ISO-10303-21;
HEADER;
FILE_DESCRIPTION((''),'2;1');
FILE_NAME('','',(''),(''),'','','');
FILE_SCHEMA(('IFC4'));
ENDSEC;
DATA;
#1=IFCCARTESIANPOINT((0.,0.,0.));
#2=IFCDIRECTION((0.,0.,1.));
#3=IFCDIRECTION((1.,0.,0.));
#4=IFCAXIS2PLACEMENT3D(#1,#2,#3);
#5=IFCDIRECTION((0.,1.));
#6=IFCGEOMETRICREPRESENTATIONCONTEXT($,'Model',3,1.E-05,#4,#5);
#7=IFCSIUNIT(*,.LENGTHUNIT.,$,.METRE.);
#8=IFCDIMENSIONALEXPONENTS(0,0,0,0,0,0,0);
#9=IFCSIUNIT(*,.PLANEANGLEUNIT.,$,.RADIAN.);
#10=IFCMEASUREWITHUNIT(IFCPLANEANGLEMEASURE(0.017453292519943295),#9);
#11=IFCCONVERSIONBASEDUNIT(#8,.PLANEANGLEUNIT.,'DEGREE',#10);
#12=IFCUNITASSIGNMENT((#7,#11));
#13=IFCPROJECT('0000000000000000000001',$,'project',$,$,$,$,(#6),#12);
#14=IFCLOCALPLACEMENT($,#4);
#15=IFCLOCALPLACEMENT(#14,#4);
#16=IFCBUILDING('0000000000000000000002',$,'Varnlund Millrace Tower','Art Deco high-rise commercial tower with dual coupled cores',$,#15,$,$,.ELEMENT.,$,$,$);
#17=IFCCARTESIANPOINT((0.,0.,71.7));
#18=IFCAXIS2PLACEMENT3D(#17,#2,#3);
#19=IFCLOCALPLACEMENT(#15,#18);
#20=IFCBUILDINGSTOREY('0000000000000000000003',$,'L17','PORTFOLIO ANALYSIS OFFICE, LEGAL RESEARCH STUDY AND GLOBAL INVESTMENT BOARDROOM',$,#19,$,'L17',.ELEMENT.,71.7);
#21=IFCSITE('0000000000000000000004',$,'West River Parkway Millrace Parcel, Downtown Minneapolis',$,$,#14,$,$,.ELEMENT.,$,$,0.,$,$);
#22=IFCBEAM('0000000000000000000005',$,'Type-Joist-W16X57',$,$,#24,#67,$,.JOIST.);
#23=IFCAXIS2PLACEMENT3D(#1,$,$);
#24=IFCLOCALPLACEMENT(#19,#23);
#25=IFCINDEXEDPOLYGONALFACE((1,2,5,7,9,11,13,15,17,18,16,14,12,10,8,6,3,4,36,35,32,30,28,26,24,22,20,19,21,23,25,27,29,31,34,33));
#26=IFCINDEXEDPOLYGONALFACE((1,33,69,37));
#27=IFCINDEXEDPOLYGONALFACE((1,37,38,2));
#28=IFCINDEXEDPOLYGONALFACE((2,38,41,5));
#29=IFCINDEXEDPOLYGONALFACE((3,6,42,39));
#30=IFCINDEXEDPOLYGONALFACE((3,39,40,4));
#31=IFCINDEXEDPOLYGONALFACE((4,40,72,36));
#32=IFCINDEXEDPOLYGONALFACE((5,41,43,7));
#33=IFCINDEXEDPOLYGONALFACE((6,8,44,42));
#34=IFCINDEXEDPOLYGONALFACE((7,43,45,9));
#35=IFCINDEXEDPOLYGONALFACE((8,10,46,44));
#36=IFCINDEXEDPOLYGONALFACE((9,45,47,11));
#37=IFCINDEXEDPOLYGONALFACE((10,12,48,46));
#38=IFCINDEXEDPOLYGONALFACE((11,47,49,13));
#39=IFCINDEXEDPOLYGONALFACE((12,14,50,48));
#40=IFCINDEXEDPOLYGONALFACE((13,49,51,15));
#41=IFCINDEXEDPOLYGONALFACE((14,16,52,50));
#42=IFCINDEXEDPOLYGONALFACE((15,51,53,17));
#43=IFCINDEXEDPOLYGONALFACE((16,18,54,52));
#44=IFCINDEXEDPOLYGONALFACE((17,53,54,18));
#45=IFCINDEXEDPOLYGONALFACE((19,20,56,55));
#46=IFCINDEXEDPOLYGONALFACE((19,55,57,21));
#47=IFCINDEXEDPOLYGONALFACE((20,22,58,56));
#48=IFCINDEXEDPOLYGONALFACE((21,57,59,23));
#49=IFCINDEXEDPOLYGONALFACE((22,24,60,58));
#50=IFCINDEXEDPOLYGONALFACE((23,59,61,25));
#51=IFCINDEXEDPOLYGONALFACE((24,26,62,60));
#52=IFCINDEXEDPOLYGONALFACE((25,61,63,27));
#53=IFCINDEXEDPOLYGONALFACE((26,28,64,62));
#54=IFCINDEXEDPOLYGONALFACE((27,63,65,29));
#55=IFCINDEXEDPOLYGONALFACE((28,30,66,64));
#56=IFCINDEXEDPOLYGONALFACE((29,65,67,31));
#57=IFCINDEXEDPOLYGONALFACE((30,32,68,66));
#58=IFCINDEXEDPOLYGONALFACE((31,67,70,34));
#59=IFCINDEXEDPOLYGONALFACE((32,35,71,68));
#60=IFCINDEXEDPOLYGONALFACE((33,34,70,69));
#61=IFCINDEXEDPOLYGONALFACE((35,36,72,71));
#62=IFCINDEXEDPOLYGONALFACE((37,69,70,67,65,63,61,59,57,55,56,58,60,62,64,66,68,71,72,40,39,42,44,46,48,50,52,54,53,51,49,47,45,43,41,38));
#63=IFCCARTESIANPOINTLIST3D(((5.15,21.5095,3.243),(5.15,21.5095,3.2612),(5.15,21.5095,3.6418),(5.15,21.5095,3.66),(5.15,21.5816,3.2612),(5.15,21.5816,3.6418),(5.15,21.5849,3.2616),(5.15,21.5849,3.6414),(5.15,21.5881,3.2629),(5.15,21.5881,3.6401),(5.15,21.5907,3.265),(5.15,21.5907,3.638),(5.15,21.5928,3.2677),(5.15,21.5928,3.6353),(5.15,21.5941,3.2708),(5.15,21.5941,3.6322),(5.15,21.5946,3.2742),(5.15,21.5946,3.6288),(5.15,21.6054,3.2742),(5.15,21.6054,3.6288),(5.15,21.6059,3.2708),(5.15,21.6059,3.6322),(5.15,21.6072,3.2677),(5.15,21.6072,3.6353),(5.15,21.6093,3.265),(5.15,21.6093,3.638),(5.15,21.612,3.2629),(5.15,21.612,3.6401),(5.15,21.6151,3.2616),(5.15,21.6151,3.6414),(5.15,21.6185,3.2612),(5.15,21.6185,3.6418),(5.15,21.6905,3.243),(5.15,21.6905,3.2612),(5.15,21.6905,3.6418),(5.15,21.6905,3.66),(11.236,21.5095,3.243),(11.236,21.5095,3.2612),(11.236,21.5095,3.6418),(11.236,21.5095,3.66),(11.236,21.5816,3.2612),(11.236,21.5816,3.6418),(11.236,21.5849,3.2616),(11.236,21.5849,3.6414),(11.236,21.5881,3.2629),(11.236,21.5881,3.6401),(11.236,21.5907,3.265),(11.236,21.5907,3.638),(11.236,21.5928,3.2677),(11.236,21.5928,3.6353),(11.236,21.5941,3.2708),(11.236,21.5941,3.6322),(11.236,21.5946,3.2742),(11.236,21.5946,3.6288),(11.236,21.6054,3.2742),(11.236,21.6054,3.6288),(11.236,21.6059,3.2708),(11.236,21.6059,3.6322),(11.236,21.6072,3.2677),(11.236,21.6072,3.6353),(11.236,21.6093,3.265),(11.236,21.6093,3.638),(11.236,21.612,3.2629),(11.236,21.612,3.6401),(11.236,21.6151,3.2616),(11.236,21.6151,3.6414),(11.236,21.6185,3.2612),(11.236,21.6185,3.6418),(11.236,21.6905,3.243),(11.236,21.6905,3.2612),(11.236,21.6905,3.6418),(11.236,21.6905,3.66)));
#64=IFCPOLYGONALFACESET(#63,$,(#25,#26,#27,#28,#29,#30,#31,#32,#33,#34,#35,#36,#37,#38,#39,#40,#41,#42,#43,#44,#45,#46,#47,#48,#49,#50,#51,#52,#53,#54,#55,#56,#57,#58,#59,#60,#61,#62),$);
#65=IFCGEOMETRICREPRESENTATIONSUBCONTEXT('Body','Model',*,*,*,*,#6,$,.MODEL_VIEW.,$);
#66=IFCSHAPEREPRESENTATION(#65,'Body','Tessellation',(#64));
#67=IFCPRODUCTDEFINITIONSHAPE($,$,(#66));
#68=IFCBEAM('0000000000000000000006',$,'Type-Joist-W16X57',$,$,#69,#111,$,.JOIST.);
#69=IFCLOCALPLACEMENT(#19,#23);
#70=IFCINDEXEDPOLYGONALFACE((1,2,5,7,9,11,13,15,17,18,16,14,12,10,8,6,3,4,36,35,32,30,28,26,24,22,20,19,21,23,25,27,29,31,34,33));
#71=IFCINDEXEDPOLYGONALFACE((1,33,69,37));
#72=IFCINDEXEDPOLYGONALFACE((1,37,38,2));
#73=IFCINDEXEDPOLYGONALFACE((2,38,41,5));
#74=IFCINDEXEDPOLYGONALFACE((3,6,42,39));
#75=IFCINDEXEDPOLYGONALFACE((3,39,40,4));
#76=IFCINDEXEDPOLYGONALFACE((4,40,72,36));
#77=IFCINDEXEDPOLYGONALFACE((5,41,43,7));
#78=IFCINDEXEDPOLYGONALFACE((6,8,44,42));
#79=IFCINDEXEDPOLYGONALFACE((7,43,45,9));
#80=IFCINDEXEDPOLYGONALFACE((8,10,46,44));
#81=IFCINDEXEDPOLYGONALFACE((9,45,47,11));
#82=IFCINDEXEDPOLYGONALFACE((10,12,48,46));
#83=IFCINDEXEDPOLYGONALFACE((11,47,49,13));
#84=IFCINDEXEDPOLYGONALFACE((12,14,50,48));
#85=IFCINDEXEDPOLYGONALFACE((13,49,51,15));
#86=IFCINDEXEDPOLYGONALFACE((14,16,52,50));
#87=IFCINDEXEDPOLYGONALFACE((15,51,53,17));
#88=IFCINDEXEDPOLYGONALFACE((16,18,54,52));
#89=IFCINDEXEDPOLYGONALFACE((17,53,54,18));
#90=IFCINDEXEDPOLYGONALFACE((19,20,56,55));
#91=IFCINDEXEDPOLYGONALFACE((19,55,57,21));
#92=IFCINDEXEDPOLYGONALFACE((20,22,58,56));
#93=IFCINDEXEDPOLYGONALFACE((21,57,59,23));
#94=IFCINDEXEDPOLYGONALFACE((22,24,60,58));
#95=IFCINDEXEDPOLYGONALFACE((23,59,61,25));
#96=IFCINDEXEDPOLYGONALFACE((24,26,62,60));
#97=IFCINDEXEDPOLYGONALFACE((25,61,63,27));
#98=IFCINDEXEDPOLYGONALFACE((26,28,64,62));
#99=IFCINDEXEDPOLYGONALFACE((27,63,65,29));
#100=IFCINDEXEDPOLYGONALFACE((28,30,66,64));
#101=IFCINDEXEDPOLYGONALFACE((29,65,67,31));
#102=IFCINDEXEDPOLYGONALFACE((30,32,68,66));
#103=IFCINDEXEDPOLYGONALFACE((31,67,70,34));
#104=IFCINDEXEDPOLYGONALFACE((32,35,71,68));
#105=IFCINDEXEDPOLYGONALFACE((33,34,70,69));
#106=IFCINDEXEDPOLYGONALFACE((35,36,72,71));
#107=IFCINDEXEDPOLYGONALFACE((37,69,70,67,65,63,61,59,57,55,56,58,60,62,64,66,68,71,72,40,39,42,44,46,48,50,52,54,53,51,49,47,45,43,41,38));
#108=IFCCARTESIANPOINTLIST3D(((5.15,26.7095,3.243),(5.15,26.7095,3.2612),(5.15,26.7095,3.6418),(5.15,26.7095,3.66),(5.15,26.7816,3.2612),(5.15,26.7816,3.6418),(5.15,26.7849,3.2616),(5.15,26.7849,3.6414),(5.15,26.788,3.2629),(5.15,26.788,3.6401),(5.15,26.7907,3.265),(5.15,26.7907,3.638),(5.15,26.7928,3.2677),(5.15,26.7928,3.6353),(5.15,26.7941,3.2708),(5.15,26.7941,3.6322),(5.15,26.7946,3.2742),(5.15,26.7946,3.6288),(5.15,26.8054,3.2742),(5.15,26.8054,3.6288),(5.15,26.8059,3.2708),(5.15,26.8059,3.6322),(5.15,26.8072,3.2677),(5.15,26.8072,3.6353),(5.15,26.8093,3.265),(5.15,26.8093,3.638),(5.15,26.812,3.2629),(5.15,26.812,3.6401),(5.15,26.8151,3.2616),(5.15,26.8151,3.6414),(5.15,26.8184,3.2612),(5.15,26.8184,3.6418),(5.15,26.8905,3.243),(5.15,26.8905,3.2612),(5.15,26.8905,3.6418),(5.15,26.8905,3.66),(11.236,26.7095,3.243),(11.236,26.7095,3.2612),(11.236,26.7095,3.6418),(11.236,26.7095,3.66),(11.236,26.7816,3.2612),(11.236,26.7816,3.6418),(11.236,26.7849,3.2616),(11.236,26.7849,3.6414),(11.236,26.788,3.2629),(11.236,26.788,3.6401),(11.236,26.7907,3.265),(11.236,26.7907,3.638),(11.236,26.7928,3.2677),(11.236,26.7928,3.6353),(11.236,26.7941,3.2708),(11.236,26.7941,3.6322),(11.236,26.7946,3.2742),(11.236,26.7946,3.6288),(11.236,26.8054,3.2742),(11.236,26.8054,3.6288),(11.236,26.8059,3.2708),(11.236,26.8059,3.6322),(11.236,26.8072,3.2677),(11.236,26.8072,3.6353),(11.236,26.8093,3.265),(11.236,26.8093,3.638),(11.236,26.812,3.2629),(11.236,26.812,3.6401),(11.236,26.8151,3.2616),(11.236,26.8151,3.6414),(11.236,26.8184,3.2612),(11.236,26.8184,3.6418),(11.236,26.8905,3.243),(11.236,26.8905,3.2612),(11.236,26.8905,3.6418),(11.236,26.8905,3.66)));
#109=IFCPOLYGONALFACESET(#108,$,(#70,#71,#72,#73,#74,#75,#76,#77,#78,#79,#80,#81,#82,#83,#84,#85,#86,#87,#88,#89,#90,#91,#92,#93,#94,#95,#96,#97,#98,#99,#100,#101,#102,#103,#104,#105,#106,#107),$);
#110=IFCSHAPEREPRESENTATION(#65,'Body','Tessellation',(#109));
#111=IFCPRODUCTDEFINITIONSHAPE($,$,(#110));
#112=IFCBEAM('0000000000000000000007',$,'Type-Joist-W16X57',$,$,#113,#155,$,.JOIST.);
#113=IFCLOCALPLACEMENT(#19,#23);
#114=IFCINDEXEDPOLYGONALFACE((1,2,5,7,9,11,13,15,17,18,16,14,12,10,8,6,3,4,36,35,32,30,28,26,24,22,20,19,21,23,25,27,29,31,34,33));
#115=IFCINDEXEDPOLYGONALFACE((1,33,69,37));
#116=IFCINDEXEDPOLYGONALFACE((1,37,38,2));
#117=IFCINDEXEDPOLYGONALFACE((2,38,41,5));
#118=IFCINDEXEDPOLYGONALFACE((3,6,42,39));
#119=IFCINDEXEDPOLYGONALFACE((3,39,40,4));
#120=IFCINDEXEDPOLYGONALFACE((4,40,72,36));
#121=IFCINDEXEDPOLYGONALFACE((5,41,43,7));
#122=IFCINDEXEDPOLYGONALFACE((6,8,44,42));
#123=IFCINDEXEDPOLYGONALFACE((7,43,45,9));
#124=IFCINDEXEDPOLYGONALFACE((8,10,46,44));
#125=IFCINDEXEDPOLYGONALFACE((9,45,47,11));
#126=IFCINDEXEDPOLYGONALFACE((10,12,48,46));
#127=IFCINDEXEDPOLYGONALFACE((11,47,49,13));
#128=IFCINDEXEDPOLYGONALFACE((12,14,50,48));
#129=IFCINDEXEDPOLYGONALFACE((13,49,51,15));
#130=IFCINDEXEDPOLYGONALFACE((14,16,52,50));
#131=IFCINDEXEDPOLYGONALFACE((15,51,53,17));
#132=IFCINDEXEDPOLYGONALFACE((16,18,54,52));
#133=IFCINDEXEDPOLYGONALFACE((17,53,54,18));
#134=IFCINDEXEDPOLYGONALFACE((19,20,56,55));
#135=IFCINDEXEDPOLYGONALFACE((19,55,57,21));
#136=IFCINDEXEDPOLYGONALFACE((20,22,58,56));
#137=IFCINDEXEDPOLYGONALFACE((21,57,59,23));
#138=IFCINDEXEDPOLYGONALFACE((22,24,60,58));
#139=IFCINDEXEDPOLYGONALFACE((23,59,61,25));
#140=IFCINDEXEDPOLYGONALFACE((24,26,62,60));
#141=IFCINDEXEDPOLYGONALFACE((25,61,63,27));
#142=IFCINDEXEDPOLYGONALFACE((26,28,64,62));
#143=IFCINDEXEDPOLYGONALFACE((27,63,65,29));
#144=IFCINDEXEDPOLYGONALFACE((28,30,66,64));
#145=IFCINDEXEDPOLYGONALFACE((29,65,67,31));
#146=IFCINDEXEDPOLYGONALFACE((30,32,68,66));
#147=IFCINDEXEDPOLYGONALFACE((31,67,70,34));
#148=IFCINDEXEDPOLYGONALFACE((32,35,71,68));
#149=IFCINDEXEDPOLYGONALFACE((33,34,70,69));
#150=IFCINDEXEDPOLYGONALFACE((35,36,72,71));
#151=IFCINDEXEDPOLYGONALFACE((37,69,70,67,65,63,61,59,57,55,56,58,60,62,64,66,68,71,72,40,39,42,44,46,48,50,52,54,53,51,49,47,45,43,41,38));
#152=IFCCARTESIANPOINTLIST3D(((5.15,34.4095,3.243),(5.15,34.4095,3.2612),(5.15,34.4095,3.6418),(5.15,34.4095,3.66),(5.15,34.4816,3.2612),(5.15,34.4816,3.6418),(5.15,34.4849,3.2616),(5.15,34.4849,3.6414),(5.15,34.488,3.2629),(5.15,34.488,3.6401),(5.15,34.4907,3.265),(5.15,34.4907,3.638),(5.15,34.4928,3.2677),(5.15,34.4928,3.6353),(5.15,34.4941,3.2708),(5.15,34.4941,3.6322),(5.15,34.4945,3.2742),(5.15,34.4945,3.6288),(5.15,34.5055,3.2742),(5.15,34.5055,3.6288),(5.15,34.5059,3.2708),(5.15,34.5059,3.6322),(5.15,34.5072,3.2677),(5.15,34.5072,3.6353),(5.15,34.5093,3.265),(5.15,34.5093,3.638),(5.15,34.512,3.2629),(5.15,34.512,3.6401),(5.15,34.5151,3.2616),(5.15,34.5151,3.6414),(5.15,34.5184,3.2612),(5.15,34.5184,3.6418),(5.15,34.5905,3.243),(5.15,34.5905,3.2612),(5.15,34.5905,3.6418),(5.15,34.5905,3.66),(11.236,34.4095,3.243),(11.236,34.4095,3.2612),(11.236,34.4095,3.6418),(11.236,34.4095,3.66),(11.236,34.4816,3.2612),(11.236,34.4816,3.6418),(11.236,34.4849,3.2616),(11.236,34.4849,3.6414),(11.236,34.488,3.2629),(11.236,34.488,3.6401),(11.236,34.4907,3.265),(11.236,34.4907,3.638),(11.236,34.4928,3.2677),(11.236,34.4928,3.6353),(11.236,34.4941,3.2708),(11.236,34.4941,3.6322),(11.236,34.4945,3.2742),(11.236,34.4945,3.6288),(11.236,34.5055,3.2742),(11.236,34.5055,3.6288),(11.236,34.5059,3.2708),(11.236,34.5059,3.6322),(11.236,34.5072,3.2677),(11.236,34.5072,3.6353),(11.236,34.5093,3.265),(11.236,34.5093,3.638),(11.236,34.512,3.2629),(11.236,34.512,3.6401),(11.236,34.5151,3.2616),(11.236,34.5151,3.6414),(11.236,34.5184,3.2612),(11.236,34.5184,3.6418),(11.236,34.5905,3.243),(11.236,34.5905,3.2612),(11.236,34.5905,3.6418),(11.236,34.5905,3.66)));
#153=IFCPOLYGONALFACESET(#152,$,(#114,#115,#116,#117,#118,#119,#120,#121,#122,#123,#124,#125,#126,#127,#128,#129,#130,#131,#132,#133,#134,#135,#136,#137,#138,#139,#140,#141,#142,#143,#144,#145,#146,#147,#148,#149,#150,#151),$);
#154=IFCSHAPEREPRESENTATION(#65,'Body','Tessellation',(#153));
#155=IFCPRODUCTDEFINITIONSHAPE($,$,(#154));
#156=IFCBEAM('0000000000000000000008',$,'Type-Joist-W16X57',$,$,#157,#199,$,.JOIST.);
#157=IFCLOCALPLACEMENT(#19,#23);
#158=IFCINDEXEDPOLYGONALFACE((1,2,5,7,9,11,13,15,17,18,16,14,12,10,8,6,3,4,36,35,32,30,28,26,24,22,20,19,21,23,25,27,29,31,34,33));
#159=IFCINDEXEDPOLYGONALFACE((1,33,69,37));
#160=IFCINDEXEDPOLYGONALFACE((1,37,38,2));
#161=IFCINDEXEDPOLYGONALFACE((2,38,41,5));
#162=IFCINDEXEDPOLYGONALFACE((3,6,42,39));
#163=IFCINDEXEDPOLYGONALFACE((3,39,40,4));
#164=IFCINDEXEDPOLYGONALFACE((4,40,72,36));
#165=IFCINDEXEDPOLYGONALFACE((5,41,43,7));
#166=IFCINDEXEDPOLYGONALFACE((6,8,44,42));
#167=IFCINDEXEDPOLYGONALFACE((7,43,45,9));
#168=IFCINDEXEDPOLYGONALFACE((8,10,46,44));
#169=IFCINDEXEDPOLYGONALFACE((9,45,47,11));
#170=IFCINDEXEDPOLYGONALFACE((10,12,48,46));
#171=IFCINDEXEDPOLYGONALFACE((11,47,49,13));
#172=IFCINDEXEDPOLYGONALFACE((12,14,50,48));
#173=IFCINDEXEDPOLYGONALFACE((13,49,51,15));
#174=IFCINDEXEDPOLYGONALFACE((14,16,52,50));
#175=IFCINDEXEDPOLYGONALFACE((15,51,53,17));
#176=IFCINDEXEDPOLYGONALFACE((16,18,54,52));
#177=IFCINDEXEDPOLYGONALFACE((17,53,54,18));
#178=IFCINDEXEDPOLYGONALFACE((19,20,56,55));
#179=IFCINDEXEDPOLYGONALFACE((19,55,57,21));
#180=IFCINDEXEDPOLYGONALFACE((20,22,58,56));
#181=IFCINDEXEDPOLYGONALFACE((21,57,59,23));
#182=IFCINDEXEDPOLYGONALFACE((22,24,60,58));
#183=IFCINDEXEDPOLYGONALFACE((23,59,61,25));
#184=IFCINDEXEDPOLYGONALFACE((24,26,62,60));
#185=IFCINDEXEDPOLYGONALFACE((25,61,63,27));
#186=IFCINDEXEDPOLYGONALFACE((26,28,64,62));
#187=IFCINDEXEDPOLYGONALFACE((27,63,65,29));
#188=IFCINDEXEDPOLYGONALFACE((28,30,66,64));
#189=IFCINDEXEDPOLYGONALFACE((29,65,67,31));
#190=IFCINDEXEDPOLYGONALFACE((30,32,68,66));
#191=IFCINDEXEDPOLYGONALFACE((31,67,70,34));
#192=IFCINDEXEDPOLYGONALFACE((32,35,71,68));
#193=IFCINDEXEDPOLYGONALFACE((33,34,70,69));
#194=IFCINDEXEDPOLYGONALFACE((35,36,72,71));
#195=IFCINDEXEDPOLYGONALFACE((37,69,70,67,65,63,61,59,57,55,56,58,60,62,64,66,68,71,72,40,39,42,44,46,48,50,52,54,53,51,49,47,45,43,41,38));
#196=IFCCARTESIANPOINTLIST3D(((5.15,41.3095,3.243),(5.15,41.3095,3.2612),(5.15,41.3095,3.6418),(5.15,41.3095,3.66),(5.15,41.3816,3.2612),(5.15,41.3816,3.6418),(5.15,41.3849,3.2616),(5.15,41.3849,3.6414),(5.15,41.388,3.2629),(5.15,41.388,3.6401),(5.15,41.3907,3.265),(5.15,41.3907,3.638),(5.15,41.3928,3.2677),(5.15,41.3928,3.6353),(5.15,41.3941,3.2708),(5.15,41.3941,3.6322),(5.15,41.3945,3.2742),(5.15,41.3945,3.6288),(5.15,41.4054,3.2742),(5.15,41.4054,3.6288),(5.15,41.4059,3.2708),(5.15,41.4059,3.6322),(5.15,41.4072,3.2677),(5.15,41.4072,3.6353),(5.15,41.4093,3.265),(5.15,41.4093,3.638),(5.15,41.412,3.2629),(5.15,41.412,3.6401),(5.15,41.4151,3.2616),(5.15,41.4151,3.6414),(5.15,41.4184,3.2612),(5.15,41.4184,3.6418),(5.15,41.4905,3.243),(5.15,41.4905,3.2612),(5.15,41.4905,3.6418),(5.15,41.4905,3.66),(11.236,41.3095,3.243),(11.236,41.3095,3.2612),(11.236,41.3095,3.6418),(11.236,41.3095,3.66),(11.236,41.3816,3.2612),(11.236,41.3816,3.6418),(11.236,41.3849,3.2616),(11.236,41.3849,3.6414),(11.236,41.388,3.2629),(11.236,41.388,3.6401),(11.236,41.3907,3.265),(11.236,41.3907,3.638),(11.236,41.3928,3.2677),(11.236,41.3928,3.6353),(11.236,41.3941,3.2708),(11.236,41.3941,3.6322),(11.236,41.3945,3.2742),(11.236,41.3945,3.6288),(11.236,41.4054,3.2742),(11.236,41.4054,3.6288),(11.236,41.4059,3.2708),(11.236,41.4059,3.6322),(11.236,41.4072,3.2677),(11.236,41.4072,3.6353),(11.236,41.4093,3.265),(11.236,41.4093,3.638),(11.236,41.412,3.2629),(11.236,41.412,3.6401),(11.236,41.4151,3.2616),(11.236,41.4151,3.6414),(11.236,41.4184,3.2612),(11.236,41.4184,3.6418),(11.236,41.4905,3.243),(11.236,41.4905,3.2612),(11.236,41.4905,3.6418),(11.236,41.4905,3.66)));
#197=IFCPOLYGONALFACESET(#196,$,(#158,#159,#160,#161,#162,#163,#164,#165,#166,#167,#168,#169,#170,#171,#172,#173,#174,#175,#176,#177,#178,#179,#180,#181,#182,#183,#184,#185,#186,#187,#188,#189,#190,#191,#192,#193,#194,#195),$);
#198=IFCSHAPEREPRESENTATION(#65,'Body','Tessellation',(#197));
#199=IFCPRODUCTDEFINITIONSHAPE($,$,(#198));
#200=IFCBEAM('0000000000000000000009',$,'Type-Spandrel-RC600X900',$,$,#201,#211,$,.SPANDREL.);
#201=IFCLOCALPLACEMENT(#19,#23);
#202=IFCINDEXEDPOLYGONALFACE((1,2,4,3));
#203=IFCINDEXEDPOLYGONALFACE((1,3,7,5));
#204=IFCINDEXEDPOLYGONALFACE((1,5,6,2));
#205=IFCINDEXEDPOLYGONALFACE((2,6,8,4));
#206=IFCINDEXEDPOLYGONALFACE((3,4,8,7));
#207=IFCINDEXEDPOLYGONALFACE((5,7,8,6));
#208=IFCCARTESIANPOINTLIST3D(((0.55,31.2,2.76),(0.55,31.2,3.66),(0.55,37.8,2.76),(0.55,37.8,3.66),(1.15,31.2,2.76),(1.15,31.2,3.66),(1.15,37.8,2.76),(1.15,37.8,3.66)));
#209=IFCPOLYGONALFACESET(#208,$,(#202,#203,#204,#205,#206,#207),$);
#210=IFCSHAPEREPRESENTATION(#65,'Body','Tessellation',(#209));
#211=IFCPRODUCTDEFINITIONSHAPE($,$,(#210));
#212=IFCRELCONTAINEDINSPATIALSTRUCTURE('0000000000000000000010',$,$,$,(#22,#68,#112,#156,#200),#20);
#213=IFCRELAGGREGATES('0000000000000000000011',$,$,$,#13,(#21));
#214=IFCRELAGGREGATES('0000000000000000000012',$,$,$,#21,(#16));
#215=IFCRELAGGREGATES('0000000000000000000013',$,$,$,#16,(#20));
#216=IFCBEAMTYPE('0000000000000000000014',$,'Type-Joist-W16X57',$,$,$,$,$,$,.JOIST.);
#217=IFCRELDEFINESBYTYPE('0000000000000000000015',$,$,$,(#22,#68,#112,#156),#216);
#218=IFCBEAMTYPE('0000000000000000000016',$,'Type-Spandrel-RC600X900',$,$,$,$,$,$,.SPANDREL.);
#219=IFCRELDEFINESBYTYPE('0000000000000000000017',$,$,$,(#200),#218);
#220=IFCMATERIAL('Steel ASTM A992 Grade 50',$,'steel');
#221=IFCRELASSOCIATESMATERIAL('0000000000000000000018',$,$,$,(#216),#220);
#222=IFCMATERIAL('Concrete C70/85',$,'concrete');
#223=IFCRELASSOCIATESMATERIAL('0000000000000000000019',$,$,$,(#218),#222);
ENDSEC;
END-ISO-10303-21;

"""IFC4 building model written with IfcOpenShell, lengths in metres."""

from ifc_helpers import new_model, entity, si_unit, converted_unit, direction, frame, origin_with_axes, origin_2d_with_axis, place, context, subcontext, project, spatial, rectangle, i_section, extrude, material, material_profile, profile_set, type_object, element, save


model = new_model("IFC4")

# Units and contexts
model_context = context("Model", 3, precision=1e-05, world=origin_with_axes(), true_north=direction((0.0, 1.0)))
body_context = subcontext(model_context, "Body", "Model", "MODEL_VIEW")
ifc_project = project(units=[si_unit("LENGTHUNIT", "METRE"), converted_unit("PLANEANGLEUNIT", "DEGREE", entity("IfcPlaneAngleMeasure", 0.017453292519943295), si_unit("PLANEANGLEUNIT", "RADIAN"), dimensions=[0, 0, 0, 0, 0, 0, 0])], contexts=[model_context])

# Site, building, storey
site_placement = place(None, origin_with_axes())
site = spatial("IfcSite", under=ifc_project, at=site_placement, Name="West River Parkway Millrace Parcel, Downtown Minneapolis", CompositionType="ELEMENT", RefElevation=0.0)
building_placement = place(site_placement, origin_with_axes())
building = spatial("IfcBuilding", under=site, at=building_placement, Name="Varnlund Millrace Tower", Description="Art Deco high-rise commercial tower with dual coupled cores", CompositionType="ELEMENT")
storey_placement = place(building_placement, frame((0.0, 0.0, 71.7), z_axis=(0.0, 0.0, 1.0), x_axis=(1.0, 0.0, 0.0)))
storey = spatial("IfcBuildingStorey", under=building, at=storey_placement, Name="L17", Description="PORTFOLIO ANALYSIS OFFICE, LEGAL RESEARCH STUDY AND GLOBAL INVESTMENT BOARDROOM", LongName="L17", CompositionType="ELEMENT", Elevation=71.7)

# Beams
ifc_material_1 = material(Name="Steel ASTM A992 Grade 50", Category="steel")
ifc_material_profile_1 = material_profile(ifc_material_1, i_section(OverallWidth=0.181, OverallDepth=0.417, WebThickness=0.0109, FlangeThickness=0.0182, FilletRadius=0.013, at=origin_2d_with_axis()), Name="Steel ASTM A992 Grade 50")
ifc_profile_set_1 = profile_set([ifc_material_profile_1], Name="Steel ASTM A992 Grade 50")
beam_type_1 = type_object("IfcBeamType", Name="Type-Joist-W16X57", PredefinedType="JOIST", material=ifc_profile_set_1)
for number, where, z_axis, x_axis, name in (
    (1, (5.15, 21.6, 3.4515), (1.0, 0.0, 0.0), (0.0, 1.0, 0.0), "Type-Joist-W16X57"),
    (2, (5.15, 26.8, 3.4515), (1.0, 0.0, 0.0), (0.0, 1.0, 0.0), "Type-Joist-W16X57"),
    (3, (5.15, 34.5, 3.4515), (1.0, 0.0, 0.0), (0.0, 1.0, 0.0), "Type-Joist-W16X57"),
    (4, (5.15, 41.4, 3.4515), (1.0, 0.0, 0.0), (0.0, 1.0, 0.0), "Type-Joist-W16X57"),
):
    element("IfcBeam", number, at=place(storey_placement, frame(where, z_axis=z_axis, x_axis=x_axis)), inside=storey, type_object=beam_type_1, Name=name, PredefinedType="JOIST", context=body_context, shape_type="SweptSolid", body=[
        extrude(i_section(OverallWidth=0.181, OverallDepth=0.417, WebThickness=0.0109, FlangeThickness=0.0182, FilletRadius=0.013, at=origin_2d_with_axis()), origin_with_axes(), (0.0, 0.0, 1.0), 6.086),
    ])
ifc_material_2 = material(Name="Concrete C70/85", Category="concrete")
ifc_material_profile_2 = material_profile(ifc_material_2, rectangle(XDim=0.6, YDim=0.9, at=origin_2d_with_axis()), Name="Concrete C70/85")
ifc_profile_set_2 = profile_set([ifc_material_profile_2], Name="Concrete C70/85")
beam_type_2 = type_object("IfcBeamType", Name="Type-Spandrel-RC600X900", PredefinedType="SPANDREL", material=ifc_profile_set_2)
beam_1_placement = place(storey_placement, frame((0.85, 31.2, 3.21), z_axis=(0.0, 1.0, 0.0), x_axis=(-1.0, 0.0, 0.0)))
element("IfcBeam", 5, at=beam_1_placement, inside=storey, type_object=beam_type_2, Name="Type-Spandrel-RC600X900", PredefinedType="SPANDREL", context=body_context, shape_type="SweptSolid", body=[
    extrude(rectangle(XDim=0.6, YDim=0.9, at=origin_2d_with_axis()), origin_with_axes(), (0.0, 0.0, 1.0), 6.6),
])

save(model, "model.ifc")
